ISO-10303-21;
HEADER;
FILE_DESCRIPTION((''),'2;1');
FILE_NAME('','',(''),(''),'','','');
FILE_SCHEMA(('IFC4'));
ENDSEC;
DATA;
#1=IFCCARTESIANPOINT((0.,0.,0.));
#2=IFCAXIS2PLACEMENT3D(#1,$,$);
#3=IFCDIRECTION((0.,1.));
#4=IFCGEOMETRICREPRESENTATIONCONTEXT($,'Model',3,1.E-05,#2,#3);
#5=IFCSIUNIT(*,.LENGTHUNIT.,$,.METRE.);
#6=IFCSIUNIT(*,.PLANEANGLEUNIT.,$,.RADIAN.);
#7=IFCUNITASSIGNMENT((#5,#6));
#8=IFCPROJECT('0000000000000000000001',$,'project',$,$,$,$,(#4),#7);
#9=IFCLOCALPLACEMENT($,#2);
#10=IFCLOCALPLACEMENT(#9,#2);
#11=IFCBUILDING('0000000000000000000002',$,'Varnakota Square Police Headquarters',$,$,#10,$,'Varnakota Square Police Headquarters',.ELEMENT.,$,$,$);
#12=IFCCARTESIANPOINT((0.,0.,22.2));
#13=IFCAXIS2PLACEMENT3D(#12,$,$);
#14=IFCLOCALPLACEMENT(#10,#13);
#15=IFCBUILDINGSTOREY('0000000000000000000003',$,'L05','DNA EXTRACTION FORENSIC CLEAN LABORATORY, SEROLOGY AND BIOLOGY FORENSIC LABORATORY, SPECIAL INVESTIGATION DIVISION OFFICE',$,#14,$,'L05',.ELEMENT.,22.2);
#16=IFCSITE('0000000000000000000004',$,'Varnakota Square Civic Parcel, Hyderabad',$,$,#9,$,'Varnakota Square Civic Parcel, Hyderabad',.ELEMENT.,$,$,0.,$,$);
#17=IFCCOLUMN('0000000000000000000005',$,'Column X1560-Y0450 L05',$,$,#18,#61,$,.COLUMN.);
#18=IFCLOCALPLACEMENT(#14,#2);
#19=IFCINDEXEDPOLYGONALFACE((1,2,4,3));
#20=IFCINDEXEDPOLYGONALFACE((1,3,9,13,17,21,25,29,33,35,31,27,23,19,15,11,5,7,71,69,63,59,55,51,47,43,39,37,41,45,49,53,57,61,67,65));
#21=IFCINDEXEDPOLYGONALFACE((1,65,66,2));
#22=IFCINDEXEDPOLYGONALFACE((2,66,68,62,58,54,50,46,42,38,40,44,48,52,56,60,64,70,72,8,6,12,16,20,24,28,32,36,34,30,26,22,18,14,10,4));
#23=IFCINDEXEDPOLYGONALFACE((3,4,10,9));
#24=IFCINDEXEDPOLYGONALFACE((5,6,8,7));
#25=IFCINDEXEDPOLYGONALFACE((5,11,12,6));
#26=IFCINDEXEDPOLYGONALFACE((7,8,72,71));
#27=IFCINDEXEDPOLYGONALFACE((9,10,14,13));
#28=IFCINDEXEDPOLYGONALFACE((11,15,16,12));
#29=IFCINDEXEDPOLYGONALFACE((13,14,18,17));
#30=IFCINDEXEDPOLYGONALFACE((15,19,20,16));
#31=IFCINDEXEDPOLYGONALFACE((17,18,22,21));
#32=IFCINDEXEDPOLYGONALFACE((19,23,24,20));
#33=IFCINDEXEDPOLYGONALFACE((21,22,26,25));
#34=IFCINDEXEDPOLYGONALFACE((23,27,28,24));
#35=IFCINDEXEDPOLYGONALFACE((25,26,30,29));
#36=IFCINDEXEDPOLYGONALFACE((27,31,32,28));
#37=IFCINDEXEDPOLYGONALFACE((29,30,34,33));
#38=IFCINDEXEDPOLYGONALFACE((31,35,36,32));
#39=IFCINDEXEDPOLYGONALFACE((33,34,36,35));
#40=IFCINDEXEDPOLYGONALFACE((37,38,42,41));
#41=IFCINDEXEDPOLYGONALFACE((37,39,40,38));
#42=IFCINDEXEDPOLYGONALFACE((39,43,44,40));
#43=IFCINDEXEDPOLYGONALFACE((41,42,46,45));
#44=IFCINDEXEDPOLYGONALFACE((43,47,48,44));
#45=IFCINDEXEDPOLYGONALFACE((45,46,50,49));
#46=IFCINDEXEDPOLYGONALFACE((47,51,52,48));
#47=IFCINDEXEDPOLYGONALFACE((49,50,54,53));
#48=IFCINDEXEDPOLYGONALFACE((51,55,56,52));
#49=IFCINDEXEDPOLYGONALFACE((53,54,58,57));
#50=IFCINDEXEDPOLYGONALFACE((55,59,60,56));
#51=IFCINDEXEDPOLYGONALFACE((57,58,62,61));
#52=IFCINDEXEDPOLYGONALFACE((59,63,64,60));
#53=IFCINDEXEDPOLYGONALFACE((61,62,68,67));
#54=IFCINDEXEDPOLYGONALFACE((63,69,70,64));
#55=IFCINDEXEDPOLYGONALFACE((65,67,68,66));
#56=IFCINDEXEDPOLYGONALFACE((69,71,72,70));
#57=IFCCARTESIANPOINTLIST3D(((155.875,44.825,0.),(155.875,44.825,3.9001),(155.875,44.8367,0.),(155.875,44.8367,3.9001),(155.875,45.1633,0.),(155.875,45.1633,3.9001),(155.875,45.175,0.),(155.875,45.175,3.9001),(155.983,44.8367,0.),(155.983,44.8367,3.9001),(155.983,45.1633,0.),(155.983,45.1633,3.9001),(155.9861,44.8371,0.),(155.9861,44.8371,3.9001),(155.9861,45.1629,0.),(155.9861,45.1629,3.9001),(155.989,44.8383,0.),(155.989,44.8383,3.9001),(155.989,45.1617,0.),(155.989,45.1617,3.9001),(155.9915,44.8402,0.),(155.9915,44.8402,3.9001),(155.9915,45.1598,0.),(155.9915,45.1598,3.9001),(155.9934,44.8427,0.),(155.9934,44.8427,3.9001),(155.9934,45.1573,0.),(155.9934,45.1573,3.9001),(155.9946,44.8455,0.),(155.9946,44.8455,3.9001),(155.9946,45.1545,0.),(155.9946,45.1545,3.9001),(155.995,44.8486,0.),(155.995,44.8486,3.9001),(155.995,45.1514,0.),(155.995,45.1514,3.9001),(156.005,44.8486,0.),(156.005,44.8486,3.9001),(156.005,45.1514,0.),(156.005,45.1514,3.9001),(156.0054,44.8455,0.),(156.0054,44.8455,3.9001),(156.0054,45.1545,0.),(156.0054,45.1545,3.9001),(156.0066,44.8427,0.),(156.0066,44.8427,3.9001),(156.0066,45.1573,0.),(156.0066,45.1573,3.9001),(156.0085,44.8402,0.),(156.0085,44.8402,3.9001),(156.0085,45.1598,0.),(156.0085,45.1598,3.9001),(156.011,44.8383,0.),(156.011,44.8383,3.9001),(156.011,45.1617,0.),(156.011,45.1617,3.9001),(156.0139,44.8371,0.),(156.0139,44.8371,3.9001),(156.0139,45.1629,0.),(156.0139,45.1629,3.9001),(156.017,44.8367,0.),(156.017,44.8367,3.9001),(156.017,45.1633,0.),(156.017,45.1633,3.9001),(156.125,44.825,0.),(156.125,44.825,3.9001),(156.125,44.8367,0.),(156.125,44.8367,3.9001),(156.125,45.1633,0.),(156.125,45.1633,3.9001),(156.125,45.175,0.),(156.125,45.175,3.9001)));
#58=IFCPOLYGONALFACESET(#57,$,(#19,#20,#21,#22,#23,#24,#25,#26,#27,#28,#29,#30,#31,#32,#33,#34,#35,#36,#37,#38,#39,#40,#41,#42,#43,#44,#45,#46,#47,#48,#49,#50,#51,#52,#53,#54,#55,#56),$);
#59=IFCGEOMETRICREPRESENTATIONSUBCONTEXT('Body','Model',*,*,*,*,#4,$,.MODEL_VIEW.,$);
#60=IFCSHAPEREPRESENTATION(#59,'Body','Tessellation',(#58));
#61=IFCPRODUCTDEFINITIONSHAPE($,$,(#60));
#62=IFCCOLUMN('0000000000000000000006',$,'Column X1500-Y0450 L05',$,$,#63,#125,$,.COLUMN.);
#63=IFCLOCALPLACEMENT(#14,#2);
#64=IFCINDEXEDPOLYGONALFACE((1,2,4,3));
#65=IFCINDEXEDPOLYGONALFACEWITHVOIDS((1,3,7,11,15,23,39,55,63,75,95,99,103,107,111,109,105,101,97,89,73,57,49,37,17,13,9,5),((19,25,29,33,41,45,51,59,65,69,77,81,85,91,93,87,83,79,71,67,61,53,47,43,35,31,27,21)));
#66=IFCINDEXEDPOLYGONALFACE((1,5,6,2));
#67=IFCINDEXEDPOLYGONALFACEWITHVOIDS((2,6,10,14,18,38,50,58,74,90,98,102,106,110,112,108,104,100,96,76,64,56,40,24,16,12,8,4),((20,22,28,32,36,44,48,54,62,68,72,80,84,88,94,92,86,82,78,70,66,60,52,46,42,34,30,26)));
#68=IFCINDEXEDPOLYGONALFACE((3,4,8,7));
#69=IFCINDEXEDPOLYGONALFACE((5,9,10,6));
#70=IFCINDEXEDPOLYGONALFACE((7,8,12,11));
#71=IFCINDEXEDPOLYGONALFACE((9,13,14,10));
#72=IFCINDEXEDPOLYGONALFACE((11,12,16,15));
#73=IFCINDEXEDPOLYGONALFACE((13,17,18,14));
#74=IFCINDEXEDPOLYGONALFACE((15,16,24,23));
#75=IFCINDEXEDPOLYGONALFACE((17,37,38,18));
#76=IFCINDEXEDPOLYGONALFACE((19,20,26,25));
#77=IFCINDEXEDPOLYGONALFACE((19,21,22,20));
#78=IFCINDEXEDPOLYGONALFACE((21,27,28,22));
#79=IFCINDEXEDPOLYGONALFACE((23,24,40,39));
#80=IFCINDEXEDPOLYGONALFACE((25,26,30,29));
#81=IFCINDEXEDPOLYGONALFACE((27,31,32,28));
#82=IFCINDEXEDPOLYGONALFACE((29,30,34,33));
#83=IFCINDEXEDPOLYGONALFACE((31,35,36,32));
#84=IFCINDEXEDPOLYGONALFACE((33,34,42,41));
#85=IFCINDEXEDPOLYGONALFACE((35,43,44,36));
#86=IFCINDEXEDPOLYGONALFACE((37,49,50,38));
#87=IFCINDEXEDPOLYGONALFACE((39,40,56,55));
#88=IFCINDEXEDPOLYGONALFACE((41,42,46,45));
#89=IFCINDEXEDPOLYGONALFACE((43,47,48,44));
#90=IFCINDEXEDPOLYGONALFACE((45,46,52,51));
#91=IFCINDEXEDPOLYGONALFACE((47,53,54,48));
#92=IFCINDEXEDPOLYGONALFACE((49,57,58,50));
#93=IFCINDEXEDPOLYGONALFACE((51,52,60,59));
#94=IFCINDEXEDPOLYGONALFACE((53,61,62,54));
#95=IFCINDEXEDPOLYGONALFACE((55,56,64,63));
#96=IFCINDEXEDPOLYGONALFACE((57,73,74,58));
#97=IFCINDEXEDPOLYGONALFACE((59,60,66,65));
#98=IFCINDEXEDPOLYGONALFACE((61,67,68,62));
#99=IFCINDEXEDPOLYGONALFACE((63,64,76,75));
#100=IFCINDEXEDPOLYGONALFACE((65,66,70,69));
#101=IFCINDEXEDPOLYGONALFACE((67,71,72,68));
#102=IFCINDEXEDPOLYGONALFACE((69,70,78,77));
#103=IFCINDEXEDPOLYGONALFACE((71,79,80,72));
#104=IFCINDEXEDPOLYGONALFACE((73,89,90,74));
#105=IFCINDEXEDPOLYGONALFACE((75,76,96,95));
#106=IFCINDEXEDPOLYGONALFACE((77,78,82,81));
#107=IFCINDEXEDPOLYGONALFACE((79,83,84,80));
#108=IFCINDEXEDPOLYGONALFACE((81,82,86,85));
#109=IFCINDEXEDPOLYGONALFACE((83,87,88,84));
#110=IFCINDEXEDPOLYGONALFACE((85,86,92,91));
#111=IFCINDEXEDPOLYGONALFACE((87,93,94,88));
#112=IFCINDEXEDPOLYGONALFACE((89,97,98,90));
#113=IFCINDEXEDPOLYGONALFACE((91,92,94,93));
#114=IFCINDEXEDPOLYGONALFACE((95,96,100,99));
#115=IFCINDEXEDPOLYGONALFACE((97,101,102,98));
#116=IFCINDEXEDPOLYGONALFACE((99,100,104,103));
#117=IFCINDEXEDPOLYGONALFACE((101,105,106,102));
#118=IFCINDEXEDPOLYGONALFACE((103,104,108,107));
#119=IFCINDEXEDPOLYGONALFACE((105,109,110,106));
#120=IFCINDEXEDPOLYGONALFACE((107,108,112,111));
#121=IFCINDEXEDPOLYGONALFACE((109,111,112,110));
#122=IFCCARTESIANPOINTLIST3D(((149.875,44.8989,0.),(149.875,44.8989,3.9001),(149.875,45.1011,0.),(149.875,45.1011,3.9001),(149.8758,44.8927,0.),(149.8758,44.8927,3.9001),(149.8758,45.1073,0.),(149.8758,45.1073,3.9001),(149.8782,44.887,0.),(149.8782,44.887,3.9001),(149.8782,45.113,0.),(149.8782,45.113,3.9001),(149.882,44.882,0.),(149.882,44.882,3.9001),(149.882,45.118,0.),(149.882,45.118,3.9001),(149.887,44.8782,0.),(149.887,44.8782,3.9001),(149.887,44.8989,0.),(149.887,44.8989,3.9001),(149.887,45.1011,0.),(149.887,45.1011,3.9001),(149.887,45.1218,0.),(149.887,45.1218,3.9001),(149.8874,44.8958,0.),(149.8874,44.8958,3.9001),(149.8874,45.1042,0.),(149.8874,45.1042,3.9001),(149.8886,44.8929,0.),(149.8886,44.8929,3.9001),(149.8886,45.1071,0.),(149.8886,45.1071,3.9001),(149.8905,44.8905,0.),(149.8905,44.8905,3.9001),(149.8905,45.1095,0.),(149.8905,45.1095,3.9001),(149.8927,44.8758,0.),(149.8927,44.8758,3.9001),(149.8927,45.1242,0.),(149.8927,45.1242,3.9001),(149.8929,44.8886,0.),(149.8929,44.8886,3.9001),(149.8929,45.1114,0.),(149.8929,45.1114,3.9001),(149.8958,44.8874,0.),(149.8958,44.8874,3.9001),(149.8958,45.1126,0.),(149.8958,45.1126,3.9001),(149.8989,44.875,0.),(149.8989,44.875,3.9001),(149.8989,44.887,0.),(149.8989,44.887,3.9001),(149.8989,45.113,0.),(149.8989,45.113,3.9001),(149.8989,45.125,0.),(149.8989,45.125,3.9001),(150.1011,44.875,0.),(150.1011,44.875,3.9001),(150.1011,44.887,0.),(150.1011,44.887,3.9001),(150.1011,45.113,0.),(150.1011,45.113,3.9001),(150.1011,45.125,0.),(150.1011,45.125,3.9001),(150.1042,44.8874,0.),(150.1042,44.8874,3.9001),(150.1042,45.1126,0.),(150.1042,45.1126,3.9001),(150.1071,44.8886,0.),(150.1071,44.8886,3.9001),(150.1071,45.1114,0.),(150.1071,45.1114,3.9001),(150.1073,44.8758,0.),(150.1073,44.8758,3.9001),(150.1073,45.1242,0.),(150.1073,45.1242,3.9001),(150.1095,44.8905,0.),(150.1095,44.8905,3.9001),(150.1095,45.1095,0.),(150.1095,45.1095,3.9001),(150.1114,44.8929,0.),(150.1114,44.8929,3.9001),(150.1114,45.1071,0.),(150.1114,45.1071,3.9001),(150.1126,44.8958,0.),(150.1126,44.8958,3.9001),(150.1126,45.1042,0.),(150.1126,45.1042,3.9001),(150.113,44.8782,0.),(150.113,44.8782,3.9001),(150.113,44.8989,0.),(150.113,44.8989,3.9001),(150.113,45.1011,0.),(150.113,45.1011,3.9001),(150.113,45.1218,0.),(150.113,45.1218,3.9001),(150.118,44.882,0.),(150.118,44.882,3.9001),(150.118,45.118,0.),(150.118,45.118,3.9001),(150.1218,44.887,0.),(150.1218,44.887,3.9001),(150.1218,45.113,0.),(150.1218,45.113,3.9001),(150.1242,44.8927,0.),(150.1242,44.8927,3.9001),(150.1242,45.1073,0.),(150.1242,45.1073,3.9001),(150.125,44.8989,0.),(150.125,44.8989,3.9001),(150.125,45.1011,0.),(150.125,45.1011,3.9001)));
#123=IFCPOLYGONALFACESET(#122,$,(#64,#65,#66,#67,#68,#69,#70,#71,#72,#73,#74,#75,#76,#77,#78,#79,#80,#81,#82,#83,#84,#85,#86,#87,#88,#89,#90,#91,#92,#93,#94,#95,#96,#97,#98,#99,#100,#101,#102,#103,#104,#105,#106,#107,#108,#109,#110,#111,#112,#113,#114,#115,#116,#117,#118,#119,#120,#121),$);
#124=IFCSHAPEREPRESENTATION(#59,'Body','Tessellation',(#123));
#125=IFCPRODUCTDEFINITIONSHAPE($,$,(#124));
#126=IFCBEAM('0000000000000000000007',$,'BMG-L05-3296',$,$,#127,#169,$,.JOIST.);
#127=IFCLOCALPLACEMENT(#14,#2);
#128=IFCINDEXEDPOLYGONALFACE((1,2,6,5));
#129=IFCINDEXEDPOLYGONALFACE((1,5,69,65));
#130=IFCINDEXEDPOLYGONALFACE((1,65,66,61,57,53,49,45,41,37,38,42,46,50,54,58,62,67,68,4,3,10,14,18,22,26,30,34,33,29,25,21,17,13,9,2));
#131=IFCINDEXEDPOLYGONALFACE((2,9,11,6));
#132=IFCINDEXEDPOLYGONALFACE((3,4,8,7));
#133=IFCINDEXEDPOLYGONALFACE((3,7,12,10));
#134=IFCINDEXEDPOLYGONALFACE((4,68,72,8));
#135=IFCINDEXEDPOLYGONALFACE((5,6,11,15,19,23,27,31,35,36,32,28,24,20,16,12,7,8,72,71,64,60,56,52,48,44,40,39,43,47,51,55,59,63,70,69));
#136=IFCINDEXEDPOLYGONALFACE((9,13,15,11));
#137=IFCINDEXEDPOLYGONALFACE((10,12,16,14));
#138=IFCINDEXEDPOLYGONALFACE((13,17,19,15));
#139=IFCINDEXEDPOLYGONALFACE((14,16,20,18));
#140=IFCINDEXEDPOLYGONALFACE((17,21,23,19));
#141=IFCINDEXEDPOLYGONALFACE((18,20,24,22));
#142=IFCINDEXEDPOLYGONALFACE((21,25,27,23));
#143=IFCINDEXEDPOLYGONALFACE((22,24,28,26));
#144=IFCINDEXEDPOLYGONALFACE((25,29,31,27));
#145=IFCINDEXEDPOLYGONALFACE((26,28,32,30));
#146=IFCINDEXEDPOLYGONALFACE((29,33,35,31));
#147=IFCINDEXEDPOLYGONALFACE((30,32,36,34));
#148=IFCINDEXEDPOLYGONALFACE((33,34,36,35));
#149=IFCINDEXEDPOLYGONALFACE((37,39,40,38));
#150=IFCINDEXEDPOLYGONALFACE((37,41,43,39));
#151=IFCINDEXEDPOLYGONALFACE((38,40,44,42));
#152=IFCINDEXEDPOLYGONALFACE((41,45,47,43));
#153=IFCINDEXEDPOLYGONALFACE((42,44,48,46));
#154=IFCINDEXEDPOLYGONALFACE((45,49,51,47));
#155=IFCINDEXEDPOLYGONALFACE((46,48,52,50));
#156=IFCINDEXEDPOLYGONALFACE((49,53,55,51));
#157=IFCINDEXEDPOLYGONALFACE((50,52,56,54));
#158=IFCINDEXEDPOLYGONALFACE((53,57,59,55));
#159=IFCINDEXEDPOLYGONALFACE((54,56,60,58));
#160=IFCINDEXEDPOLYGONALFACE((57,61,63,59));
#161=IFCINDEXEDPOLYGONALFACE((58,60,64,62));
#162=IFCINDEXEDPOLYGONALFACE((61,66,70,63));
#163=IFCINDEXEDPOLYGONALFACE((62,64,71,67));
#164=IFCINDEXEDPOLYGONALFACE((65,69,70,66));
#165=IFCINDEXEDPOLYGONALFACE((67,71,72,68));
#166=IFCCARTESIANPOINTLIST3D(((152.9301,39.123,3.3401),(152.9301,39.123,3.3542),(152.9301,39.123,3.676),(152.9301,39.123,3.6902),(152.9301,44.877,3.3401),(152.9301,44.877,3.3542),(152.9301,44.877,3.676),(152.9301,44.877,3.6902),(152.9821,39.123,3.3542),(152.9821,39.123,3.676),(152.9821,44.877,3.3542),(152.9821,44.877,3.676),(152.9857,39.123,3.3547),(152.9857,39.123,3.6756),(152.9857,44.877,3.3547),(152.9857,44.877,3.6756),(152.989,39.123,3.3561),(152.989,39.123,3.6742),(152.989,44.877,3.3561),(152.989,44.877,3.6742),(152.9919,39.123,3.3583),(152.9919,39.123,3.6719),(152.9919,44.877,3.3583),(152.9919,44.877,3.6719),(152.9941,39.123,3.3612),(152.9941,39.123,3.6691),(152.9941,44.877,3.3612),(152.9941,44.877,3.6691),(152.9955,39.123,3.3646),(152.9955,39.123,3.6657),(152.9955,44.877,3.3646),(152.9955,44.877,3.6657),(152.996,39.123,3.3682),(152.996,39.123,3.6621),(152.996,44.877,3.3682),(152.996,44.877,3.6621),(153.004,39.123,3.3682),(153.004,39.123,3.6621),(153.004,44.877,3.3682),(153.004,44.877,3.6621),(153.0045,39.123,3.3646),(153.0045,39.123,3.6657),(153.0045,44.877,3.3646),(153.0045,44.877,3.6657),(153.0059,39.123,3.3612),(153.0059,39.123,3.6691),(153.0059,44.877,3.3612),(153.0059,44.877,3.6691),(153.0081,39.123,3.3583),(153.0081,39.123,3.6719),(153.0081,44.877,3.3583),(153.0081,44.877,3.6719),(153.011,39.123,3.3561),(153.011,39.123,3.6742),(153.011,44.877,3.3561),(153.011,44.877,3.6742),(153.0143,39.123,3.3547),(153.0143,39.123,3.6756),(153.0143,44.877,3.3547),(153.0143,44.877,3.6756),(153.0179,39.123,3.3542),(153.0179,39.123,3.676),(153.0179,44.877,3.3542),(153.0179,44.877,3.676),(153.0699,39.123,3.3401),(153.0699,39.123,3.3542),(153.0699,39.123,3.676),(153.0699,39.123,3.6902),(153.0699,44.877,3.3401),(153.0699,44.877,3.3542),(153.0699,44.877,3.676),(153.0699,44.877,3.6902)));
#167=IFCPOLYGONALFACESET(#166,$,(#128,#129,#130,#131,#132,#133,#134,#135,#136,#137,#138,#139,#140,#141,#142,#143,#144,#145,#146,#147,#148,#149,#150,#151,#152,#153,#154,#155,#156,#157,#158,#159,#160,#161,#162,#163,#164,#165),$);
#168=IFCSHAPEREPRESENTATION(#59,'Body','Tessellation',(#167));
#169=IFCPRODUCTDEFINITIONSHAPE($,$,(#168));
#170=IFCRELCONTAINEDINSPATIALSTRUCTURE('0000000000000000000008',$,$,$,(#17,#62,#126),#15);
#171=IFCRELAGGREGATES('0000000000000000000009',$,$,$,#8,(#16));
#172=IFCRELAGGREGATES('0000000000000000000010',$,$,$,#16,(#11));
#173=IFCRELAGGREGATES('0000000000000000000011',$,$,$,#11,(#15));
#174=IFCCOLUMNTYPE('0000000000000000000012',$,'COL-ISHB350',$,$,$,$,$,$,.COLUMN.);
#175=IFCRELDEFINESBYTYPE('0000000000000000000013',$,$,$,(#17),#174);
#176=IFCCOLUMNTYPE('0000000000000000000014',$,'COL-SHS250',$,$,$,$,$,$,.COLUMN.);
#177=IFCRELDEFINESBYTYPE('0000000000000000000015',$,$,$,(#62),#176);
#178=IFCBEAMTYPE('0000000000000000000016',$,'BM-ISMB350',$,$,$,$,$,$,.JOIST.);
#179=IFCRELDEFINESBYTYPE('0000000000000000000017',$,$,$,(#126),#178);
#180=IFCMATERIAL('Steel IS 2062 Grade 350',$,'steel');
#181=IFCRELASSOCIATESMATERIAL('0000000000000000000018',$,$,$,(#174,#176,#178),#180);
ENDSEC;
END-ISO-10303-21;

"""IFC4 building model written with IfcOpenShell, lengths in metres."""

from ifc_helpers import new_model, si_unit, direction, frame, origin, origin_2d, place, context, subcontext, project, spatial, hollow_rectangle, i_section, extrude, material, material_profile, profile_set, type_object, element, save


model = new_model("IFC4")

# Units and contexts
model_context = context("Model", 3, precision=1e-05, world=origin(), true_north=direction((0.0, 1.0)))
body_context = subcontext(model_context, "Body", "Model", "MODEL_VIEW")
ifc_project = project(units=[si_unit("LENGTHUNIT", "METRE"), si_unit("PLANEANGLEUNIT", "RADIAN")], contexts=[model_context])

# Site, building, storey
site_placement = place(None, origin())
site = spatial("IfcSite", under=ifc_project, at=site_placement, Name="Varnakota Square Civic Parcel, Hyderabad", LongName="Varnakota Square Civic Parcel, Hyderabad", CompositionType="ELEMENT", RefElevation=0.0)
building_placement = place(site_placement, origin())
building = spatial("IfcBuilding", under=site, at=building_placement, Name="Varnakota Square Police Headquarters", LongName="Varnakota Square Police Headquarters", CompositionType="ELEMENT")
storey_placement = place(building_placement, frame((0.0, 0.0, 22.2)))
storey = spatial("IfcBuildingStorey", under=building, at=storey_placement, Name="L05", Description="DNA EXTRACTION FORENSIC CLEAN LABORATORY, SEROLOGY AND BIOLOGY FORENSIC LABORATORY, SPECIAL INVESTIGATION DIVISION OFFICE", LongName="L05", CompositionType="ELEMENT", Elevation=22.2)

# Columns
ifc_material_1 = material(Name="Steel IS 2062 Grade 350", Category="steel")
ifc_material_profile_1 = material_profile(ifc_material_1, i_section(OverallWidth=0.25, OverallDepth=0.3501, WebThickness=0.01, FlangeThickness=0.0117, FilletRadius=0.012, at=origin_2d()), Name="ISHB 350")
ifc_profile_set_1 = profile_set([ifc_material_profile_1], Name="Steel IS 2062 Grade 350")
column_type_1 = type_object("IfcColumnType", Name="COL-ISHB350", PredefinedType="COLUMN", material=ifc_profile_set_1)
column_1_placement = place(storey_placement, frame((156.0, 45.0, 0.0), z_axis=(0.0, 0.0, 1.0), x_axis=(1.0, 0.0, 0.0)))
element("IfcColumn", 1, at=column_1_placement, inside=storey, type_object=column_type_1, Name="Column X1560-Y0450 L05", PredefinedType="COLUMN", context=body_context, shape_type="SweptSolid", body=[
    extrude(i_section(OverallWidth=0.25, OverallDepth=0.3501, WebThickness=0.01, FlangeThickness=0.0117, FilletRadius=0.012, at=origin_2d()), origin(), (0.0, 0.0, 1.0), 3.9001),
])
ifc_material_profile_2 = material_profile(ifc_material_1, hollow_rectangle(XDim=0.25, YDim=0.25, WallThickness=0.012, InnerFilletRadius=0.012, OuterFilletRadius=0.0239, at=origin_2d()), Name="SHS 250x250x12")
ifc_profile_set_2 = profile_set([ifc_material_profile_2], Name="Steel IS 2062 Grade 350")
column_type_2 = type_object("IfcColumnType", Name="COL-SHS250", PredefinedType="COLUMN", material=ifc_profile_set_2)
column_2_placement = place(storey_placement, frame((150.0, 45.0, 0.0), z_axis=(0.0, 0.0, 1.0), x_axis=(1.0, 0.0, 0.0)))
element("IfcColumn", 2, at=column_2_placement, inside=storey, type_object=column_type_2, Name="Column X1500-Y0450 L05", PredefinedType="COLUMN", context=body_context, shape_type="SweptSolid", body=[
    extrude(hollow_rectangle(XDim=0.25, YDim=0.25, WallThickness=0.012, InnerFilletRadius=0.012, OuterFilletRadius=0.0239, at=origin_2d()), origin(), (0.0, 0.0, 1.0), 3.9001),
])

# Beam
ifc_material_profile_3 = material_profile(ifc_material_1, i_section(OverallWidth=0.1399, OverallDepth=0.3501, WebThickness=0.0081, FlangeThickness=0.0142, FilletRadius=0.0139, at=origin_2d()), Name="ISMB 350")
ifc_profile_set_3 = profile_set([ifc_material_profile_3], Name="Steel IS 2062 Grade 350")
beam_type_1 = type_object("IfcBeamType", Name="BM-ISMB350", PredefinedType="JOIST", material=ifc_profile_set_3)
beam_1_placement = place(storey_placement, frame((153.0, 39.123, 3.5151), z_axis=(0.0, 1.0, 0.0), x_axis=(-1.0, 0.0, 0.0)))
element("IfcBeam", 3, at=beam_1_placement, inside=storey, type_object=beam_type_1, Name="BMG-L05-3296", PredefinedType="JOIST", context=body_context, shape_type="SweptSolid", body=[
    extrude(i_section(OverallWidth=0.1399, OverallDepth=0.3501, WebThickness=0.0081, FlangeThickness=0.0142, FilletRadius=0.0139, at=origin_2d()), origin(), (0.0, 0.0, 1.0), 5.7539),
])

save(model, "model.ifc")
